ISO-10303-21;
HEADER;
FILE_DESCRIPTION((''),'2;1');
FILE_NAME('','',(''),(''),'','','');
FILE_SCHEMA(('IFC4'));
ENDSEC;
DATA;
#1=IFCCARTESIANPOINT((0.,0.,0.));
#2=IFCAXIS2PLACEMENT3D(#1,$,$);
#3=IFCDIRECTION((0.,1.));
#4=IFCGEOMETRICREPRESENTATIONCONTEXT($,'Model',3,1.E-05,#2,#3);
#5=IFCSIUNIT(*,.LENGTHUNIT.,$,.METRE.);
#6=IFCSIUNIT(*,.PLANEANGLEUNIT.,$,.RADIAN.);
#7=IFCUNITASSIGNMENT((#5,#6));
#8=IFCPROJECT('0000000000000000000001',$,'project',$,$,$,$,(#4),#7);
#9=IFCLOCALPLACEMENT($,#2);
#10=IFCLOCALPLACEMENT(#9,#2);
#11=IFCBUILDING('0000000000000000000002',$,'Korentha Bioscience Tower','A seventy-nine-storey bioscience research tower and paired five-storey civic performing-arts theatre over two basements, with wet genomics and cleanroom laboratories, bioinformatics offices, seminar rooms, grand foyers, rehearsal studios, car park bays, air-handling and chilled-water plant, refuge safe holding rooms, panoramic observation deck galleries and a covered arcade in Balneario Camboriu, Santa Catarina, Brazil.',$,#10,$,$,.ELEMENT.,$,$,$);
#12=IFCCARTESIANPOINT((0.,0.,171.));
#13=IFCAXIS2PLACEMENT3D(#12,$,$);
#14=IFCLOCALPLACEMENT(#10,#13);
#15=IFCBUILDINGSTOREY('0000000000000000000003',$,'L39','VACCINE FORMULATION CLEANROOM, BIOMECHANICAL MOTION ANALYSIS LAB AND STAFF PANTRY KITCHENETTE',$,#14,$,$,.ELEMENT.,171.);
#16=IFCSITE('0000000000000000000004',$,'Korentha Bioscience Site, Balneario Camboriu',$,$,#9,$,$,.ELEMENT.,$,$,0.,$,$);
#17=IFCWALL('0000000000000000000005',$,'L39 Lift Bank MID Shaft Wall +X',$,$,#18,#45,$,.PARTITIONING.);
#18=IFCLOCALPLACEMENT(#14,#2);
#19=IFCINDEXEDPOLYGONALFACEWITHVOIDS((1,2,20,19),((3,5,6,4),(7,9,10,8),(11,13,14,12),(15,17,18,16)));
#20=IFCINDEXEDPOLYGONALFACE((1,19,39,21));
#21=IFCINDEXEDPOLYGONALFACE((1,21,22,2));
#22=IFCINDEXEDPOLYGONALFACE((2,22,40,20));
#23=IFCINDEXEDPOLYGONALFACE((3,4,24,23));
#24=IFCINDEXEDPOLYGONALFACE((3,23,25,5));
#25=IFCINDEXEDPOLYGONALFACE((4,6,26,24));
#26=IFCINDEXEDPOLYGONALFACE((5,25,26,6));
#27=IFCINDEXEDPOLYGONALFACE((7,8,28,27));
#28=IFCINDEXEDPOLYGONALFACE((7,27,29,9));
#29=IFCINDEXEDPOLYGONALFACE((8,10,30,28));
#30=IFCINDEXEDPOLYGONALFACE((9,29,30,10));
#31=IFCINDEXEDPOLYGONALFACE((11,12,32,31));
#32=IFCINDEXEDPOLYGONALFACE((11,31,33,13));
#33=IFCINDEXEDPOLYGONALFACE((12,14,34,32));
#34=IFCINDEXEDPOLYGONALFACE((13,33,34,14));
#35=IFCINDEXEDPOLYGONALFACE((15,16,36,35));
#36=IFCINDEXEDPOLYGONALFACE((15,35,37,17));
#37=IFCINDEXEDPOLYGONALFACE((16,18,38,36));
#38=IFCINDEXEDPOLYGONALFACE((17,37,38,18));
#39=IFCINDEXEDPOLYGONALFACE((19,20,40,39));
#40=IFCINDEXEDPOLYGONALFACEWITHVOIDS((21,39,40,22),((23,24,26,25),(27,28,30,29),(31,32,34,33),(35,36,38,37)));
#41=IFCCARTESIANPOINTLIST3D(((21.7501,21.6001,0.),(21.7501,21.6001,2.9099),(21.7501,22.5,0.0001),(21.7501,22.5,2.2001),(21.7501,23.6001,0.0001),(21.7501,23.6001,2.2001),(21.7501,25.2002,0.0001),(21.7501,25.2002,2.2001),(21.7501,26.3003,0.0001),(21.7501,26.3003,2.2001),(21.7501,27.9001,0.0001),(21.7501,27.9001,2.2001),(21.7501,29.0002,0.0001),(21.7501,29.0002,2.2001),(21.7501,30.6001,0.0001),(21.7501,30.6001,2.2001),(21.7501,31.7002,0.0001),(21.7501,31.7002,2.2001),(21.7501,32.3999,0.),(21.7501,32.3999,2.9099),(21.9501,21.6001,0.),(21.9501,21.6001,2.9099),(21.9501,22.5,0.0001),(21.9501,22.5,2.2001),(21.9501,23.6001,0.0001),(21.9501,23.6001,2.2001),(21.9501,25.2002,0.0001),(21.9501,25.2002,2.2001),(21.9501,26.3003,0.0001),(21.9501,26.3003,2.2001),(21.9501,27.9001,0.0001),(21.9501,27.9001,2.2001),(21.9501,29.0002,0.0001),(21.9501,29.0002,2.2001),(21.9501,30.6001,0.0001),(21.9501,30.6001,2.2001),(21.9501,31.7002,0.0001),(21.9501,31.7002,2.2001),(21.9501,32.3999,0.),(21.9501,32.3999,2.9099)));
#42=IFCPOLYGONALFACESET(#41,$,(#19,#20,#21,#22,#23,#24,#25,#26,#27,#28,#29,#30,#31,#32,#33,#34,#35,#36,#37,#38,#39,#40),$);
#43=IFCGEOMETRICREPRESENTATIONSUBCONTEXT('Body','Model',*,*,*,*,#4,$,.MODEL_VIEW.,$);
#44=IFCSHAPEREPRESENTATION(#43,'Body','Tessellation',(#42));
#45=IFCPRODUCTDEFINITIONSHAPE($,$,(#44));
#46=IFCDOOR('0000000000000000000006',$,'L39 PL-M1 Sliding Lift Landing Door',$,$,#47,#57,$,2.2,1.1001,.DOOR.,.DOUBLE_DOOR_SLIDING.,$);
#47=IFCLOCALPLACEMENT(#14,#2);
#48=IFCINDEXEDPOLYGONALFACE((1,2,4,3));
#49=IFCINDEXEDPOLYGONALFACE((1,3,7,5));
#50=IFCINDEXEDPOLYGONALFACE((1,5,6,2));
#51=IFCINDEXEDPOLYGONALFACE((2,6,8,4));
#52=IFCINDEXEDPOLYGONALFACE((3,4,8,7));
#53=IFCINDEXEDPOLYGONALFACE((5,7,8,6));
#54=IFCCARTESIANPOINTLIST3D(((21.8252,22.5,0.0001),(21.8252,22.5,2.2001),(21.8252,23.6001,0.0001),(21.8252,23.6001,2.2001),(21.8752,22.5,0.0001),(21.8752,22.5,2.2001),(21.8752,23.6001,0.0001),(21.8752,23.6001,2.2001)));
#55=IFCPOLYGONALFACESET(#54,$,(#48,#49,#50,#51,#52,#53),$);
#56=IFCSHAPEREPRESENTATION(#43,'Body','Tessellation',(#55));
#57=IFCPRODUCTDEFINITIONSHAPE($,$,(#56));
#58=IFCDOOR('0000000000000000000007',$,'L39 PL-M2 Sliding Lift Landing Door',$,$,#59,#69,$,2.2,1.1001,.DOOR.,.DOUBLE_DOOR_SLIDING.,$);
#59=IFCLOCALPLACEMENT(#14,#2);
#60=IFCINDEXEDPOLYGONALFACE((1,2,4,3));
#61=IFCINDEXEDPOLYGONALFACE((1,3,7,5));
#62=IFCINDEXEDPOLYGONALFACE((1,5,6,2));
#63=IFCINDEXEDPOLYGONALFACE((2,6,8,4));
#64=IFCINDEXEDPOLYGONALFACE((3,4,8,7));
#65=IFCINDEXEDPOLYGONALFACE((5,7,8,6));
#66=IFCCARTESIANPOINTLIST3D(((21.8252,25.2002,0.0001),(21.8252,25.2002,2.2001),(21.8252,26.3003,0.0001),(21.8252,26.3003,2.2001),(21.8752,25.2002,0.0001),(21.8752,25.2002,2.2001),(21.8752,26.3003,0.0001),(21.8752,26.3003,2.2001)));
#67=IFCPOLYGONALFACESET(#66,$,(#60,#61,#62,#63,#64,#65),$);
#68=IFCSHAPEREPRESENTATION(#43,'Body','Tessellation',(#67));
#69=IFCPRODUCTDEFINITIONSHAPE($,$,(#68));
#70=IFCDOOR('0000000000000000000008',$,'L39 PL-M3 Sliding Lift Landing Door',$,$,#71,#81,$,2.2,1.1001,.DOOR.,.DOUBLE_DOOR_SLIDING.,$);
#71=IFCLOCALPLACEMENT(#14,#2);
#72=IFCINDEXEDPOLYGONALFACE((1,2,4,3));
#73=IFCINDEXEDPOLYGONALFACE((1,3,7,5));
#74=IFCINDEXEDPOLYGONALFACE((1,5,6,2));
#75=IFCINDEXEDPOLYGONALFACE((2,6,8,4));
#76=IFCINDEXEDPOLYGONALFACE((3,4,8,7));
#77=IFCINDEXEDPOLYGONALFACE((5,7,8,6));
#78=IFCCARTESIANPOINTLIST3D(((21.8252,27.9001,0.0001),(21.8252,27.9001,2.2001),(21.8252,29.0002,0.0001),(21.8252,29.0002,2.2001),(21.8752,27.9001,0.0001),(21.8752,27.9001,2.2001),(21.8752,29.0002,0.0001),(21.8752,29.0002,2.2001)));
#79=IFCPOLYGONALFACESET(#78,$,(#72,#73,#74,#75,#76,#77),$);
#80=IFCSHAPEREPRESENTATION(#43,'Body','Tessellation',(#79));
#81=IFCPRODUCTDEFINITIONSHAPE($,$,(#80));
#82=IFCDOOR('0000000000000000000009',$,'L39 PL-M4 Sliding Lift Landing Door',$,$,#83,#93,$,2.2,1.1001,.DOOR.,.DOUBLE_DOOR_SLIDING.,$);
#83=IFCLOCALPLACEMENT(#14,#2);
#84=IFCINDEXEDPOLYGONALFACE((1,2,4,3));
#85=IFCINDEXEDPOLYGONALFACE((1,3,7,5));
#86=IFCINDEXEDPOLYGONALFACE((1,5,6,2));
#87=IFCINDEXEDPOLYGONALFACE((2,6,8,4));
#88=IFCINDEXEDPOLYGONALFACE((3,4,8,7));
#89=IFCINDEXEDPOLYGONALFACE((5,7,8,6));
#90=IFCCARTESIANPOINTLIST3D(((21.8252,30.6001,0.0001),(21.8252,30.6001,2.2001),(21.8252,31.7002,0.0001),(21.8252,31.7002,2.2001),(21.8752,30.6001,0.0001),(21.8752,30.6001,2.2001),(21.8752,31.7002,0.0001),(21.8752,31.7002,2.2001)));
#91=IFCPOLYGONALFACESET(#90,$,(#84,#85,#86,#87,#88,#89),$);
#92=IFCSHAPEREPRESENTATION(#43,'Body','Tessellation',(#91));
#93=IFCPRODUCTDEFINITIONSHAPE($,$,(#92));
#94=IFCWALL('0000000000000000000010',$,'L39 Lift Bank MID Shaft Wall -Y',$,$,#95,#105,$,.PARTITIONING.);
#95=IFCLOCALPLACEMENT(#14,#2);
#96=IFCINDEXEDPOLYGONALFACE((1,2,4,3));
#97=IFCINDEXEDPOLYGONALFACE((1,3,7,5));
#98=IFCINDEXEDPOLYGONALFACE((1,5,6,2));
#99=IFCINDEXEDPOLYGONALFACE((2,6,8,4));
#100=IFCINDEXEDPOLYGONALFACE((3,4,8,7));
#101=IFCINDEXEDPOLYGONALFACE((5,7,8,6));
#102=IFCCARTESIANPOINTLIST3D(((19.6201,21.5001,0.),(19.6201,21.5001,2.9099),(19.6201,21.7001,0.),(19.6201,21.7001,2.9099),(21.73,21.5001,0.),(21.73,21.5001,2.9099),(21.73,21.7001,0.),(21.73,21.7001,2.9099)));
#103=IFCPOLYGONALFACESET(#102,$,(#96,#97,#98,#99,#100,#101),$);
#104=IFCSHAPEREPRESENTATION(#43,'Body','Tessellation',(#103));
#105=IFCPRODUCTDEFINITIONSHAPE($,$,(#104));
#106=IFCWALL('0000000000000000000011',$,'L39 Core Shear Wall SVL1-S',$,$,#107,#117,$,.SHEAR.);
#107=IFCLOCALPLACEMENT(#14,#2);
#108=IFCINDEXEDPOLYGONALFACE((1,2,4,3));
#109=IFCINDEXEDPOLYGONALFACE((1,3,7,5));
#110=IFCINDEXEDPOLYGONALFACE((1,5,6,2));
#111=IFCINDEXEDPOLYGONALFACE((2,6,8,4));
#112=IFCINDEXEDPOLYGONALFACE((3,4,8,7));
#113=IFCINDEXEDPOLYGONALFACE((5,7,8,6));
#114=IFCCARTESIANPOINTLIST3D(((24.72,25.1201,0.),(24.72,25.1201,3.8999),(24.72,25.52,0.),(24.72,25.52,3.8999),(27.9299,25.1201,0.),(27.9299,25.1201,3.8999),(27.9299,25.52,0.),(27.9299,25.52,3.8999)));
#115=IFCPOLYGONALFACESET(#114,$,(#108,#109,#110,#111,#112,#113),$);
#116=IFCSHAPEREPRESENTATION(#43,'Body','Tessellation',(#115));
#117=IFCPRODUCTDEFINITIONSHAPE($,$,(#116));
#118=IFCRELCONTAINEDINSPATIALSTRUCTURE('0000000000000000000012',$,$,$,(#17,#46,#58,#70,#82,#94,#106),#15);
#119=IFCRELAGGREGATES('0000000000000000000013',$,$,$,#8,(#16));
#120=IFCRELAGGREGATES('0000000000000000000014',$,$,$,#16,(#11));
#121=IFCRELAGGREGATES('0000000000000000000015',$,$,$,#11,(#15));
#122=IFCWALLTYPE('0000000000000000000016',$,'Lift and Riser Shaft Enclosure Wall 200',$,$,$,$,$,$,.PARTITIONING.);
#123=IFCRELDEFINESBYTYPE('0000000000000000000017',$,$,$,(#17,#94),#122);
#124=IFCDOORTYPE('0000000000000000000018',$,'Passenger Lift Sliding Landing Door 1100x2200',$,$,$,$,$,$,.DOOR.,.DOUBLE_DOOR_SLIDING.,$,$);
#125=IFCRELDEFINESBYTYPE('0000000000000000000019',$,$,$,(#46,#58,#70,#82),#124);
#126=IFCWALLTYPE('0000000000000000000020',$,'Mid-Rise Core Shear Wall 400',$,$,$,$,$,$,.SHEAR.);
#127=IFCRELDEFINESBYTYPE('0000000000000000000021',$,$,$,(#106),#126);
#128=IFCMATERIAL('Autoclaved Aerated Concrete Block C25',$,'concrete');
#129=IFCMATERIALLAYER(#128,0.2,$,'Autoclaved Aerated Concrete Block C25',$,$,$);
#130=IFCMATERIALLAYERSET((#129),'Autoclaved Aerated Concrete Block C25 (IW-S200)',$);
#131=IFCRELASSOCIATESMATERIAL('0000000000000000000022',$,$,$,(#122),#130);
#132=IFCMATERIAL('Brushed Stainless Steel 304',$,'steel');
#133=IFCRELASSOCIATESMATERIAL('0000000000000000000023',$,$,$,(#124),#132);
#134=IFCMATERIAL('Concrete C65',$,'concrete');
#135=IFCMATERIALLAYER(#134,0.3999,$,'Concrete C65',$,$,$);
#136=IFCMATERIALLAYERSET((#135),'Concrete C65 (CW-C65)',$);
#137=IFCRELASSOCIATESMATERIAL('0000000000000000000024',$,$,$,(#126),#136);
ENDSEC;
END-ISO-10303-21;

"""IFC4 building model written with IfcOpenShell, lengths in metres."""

from ifc_helpers import new_model, si_unit, direction, frame, frame_2d, origin, place, context, subcontext, project, spatial, rectangle, extrude, material, layer, layer_set, type_object, element, fill, save


model = new_model("IFC4")

# Units and contexts
model_context = context("Model", 3, precision=1e-05, world=origin(), true_north=direction((0.0, 1.0)))
body_context = subcontext(model_context, "Body", "Model", "MODEL_VIEW")
ifc_project = project(units=[si_unit("LENGTHUNIT", "METRE"), si_unit("PLANEANGLEUNIT", "RADIAN")], contexts=[model_context])

# Site, building, storey
site_placement = place(None, origin())
site = spatial("IfcSite", under=ifc_project, at=site_placement, Name="Korentha Bioscience Site, Balneario Camboriu", CompositionType="ELEMENT", RefElevation=0.0)
building_placement = place(site_placement, origin())
building = spatial("IfcBuilding", under=site, at=building_placement, Name="Korentha Bioscience Tower", Description="A seventy-nine-storey bioscience research tower and paired five-storey civic performing-arts theatre over two basements, with wet genomics and cleanroom laboratories, bioinformatics offices, seminar rooms, grand foyers, rehearsal studios, car park bays, air-handling and chilled-water plant, refuge safe holding rooms, panoramic observation deck galleries and a covered arcade in Balneario Camboriu, Santa Catarina, Brazil.", CompositionType="ELEMENT")
storey_placement = place(building_placement, frame((0.0, 0.0, 171.0)))
storey = spatial("IfcBuildingStorey", under=building, at=storey_placement, Name="L39", Description="VACCINE FORMULATION CLEANROOM, BIOMECHANICAL MOTION ANALYSIS LAB AND STAFF PANTRY KITCHENETTE", CompositionType="ELEMENT", Elevation=171.0)

# Shared definitions
ifc_material_1 = material(Name="Concrete C65", Category="concrete")

# Shared definitions
ifc_material_2 = material(Name="Autoclaved Aerated Concrete Block C25", Category="concrete")
ifc_layer_1 = layer(ifc_material_2, 0.2, Name="Autoclaved Aerated Concrete Block C25")
ifc_layer_set_1 = layer_set([ifc_layer_1], Name="Autoclaved Aerated Concrete Block C25 (IW-S200)")
wall_type_1 = type_object("IfcWallType", Name="Lift and Riser Shaft Enclosure Wall 200", PredefinedType="PARTITIONING", material=ifc_layer_set_1)

# Wall, openings, doors
wall_1_placement = place(storey_placement, frame((21.8501, 21.6001, 0.0), z_axis=(0.0, 0.0, 1.0), x_axis=(0.0, 1.0, 0.0)))
wall_1 = element("IfcWall", 1, at=wall_1_placement, inside=storey, type_object=wall_type_1, Name="L39 Lift Bank MID Shaft Wall +X", PredefinedType="PARTITIONING", context=body_context, shape_type="SweptSolid", body=[
    extrude(rectangle(XDim=10.7998, YDim=0.2, at=frame_2d((5.3999, 0.0))), origin(), (0.0, 0.0, 1.0), 2.9099),
])
opening_1_placement = place(wall_1_placement, frame((0.8999, 0.0, 0.0)))
opening_1 = element("IfcOpeningElement", 2, at=opening_1_placement, cuts=wall_1, PredefinedType="OPENING", context=body_context, shape_type="SweptSolid", body=[
    extrude(rectangle(XDim=1.1001, YDim=2.2, at=frame_2d((0.55, 1.1001))), frame((0.0, 0.1147, 0.0), z_axis=(0.0, -1.0, 0.0), x_axis=(1.0, 0.0, 0.0)), (0.0, 0.0, 1.0), 0.2297),
])
opening_2_placement = place(wall_1_placement, frame((3.6001, 0.0, 0.0)))
opening_2 = element("IfcOpeningElement", 3, at=opening_2_placement, cuts=wall_1, PredefinedType="OPENING", context=body_context, shape_type="SweptSolid", body=[
    extrude(rectangle(XDim=1.1001, YDim=2.2, at=frame_2d((0.55, 1.1001))), frame((0.0, 0.1147, 0.0), z_axis=(0.0, -1.0, 0.0), x_axis=(1.0, 0.0, 0.0)), (0.0, 0.0, 1.0), 0.2297),
])
opening_3_placement = place(wall_1_placement, frame((6.3, 0.0, 0.0)))
opening_3 = element("IfcOpeningElement", 4, at=opening_3_placement, cuts=wall_1, PredefinedType="OPENING", context=body_context, shape_type="SweptSolid", body=[
    extrude(rectangle(XDim=1.1001, YDim=2.2, at=frame_2d((0.55, 1.1001))), frame((0.0, 0.1147, 0.0), z_axis=(0.0, -1.0, 0.0), x_axis=(1.0, 0.0, 0.0)), (0.0, 0.0, 1.0), 0.2297),
])
opening_4_placement = place(wall_1_placement, frame((9.0, 0.0, 0.0)))
opening_4 = element("IfcOpeningElement", 5, at=opening_4_placement, cuts=wall_1, PredefinedType="OPENING", context=body_context, shape_type="SweptSolid", body=[
    extrude(rectangle(XDim=1.1001, YDim=2.2, at=frame_2d((0.55, 1.1001))), frame((0.0, 0.1147, 0.0), z_axis=(0.0, -1.0, 0.0), x_axis=(1.0, 0.0, 0.0)), (0.0, 0.0, 1.0), 0.2297),
])
ifc_material_3 = material(Name="Brushed Stainless Steel 304", Category="steel")
door_type_1 = type_object("IfcDoorType", Name="Passenger Lift Sliding Landing Door 1100x2200", OperationType="DOUBLE_DOOR_SLIDING", PredefinedType="DOOR", material=ifc_material_3)
door_1_placement = place(opening_1_placement, origin())
door_1 = element("IfcDoor", 6, at=door_1_placement, inside=storey, type_object=door_type_1, Name="L39 PL-M1 Sliding Lift Landing Door", OperationType="DOUBLE_DOOR_SLIDING", OverallHeight=2.2, OverallWidth=1.1001, PredefinedType="DOOR", context=body_context, shape_type="SweptSolid", body=[
    extrude(rectangle(XDim=1.1001, YDim=2.2, at=frame_2d((0.55, 1.1001))), frame((0.0, 0.0249, 0.0), z_axis=(0.0, -1.0, 0.0), x_axis=(1.0, 0.0, 0.0)), (0.0, 0.0, 1.0), 0.05),
])
fill(opening_1, door_1)
door_2_placement = place(opening_2_placement, origin())
door_2 = element("IfcDoor", 7, at=door_2_placement, inside=storey, type_object=door_type_1, Name="L39 PL-M2 Sliding Lift Landing Door", OperationType="DOUBLE_DOOR_SLIDING", OverallHeight=2.2, OverallWidth=1.1001, PredefinedType="DOOR", context=body_context, shape_type="SweptSolid", body=[
    extrude(rectangle(XDim=1.1001, YDim=2.2, at=frame_2d((0.55, 1.1001))), frame((0.0, 0.0249, 0.0), z_axis=(0.0, -1.0, 0.0), x_axis=(1.0, 0.0, 0.0)), (0.0, 0.0, 1.0), 0.05),
])
fill(opening_2, door_2)
door_3_placement = place(opening_3_placement, origin())
door_3 = element("IfcDoor", 8, at=door_3_placement, inside=storey, type_object=door_type_1, Name="L39 PL-M3 Sliding Lift Landing Door", OperationType="DOUBLE_DOOR_SLIDING", OverallHeight=2.2, OverallWidth=1.1001, PredefinedType="DOOR", context=body_context, shape_type="SweptSolid", body=[
    extrude(rectangle(XDim=1.1001, YDim=2.2, at=frame_2d((0.55, 1.1001))), frame((0.0, 0.0249, 0.0), z_axis=(0.0, -1.0, 0.0), x_axis=(1.0, 0.0, 0.0)), (0.0, 0.0, 1.0), 0.05),
])
fill(opening_3, door_3)
door_4_placement = place(opening_4_placement, origin())
door_4 = element("IfcDoor", 9, at=door_4_placement, inside=storey, type_object=door_type_1, Name="L39 PL-M4 Sliding Lift Landing Door", OperationType="DOUBLE_DOOR_SLIDING", OverallHeight=2.2, OverallWidth=1.1001, PredefinedType="DOOR", context=body_context, shape_type="SweptSolid", body=[
    extrude(rectangle(XDim=1.1001, YDim=2.2, at=frame_2d((0.55, 1.1001))), frame((0.0, 0.0249, 0.0), z_axis=(0.0, -1.0, 0.0), x_axis=(1.0, 0.0, 0.0)), (0.0, 0.0, 1.0), 0.05),
])
fill(opening_4, door_4)

# Walls
wall_2_placement = place(storey_placement, frame((19.6201, 21.6001, 0.0), z_axis=(0.0, 0.0, 1.0), x_axis=(1.0, 0.0, 0.0)))
element("IfcWall", 10, at=wall_2_placement, inside=storey, type_object=wall_type_1, Name="L39 Lift Bank MID Shaft Wall -Y", PredefinedType="PARTITIONING", context=body_context, shape_type="SweptSolid", body=[
    extrude(rectangle(XDim=2.1099, YDim=0.2, at=frame_2d((1.0549, 0.0))), origin(), (0.0, 0.0, 1.0), 2.9099),
])
ifc_layer_2 = layer(ifc_material_1, 0.3999, Name="Concrete C65")
ifc_layer_set_2 = layer_set([ifc_layer_2], Name="Concrete C65 (CW-C65)")
wall_type_2 = type_object("IfcWallType", Name="Mid-Rise Core Shear Wall 400", PredefinedType="SHEAR", material=ifc_layer_set_2)
wall_3_placement = place(storey_placement, frame((24.72, 25.3201, 0.0), z_axis=(0.0, 0.0, 1.0), x_axis=(1.0, 0.0, 0.0)))
element("IfcWall", 11, at=wall_3_placement, inside=storey, type_object=wall_type_2, Name="L39 Core Shear Wall SVL1-S", PredefinedType="SHEAR", context=body_context, shape_type="SweptSolid", body=[
    extrude(rectangle(XDim=3.21, YDim=0.3999, at=frame_2d((1.605, 0.0))), origin(), (0.0, 0.0, 1.0), 3.8999),
])

save(model, "model.ifc")
